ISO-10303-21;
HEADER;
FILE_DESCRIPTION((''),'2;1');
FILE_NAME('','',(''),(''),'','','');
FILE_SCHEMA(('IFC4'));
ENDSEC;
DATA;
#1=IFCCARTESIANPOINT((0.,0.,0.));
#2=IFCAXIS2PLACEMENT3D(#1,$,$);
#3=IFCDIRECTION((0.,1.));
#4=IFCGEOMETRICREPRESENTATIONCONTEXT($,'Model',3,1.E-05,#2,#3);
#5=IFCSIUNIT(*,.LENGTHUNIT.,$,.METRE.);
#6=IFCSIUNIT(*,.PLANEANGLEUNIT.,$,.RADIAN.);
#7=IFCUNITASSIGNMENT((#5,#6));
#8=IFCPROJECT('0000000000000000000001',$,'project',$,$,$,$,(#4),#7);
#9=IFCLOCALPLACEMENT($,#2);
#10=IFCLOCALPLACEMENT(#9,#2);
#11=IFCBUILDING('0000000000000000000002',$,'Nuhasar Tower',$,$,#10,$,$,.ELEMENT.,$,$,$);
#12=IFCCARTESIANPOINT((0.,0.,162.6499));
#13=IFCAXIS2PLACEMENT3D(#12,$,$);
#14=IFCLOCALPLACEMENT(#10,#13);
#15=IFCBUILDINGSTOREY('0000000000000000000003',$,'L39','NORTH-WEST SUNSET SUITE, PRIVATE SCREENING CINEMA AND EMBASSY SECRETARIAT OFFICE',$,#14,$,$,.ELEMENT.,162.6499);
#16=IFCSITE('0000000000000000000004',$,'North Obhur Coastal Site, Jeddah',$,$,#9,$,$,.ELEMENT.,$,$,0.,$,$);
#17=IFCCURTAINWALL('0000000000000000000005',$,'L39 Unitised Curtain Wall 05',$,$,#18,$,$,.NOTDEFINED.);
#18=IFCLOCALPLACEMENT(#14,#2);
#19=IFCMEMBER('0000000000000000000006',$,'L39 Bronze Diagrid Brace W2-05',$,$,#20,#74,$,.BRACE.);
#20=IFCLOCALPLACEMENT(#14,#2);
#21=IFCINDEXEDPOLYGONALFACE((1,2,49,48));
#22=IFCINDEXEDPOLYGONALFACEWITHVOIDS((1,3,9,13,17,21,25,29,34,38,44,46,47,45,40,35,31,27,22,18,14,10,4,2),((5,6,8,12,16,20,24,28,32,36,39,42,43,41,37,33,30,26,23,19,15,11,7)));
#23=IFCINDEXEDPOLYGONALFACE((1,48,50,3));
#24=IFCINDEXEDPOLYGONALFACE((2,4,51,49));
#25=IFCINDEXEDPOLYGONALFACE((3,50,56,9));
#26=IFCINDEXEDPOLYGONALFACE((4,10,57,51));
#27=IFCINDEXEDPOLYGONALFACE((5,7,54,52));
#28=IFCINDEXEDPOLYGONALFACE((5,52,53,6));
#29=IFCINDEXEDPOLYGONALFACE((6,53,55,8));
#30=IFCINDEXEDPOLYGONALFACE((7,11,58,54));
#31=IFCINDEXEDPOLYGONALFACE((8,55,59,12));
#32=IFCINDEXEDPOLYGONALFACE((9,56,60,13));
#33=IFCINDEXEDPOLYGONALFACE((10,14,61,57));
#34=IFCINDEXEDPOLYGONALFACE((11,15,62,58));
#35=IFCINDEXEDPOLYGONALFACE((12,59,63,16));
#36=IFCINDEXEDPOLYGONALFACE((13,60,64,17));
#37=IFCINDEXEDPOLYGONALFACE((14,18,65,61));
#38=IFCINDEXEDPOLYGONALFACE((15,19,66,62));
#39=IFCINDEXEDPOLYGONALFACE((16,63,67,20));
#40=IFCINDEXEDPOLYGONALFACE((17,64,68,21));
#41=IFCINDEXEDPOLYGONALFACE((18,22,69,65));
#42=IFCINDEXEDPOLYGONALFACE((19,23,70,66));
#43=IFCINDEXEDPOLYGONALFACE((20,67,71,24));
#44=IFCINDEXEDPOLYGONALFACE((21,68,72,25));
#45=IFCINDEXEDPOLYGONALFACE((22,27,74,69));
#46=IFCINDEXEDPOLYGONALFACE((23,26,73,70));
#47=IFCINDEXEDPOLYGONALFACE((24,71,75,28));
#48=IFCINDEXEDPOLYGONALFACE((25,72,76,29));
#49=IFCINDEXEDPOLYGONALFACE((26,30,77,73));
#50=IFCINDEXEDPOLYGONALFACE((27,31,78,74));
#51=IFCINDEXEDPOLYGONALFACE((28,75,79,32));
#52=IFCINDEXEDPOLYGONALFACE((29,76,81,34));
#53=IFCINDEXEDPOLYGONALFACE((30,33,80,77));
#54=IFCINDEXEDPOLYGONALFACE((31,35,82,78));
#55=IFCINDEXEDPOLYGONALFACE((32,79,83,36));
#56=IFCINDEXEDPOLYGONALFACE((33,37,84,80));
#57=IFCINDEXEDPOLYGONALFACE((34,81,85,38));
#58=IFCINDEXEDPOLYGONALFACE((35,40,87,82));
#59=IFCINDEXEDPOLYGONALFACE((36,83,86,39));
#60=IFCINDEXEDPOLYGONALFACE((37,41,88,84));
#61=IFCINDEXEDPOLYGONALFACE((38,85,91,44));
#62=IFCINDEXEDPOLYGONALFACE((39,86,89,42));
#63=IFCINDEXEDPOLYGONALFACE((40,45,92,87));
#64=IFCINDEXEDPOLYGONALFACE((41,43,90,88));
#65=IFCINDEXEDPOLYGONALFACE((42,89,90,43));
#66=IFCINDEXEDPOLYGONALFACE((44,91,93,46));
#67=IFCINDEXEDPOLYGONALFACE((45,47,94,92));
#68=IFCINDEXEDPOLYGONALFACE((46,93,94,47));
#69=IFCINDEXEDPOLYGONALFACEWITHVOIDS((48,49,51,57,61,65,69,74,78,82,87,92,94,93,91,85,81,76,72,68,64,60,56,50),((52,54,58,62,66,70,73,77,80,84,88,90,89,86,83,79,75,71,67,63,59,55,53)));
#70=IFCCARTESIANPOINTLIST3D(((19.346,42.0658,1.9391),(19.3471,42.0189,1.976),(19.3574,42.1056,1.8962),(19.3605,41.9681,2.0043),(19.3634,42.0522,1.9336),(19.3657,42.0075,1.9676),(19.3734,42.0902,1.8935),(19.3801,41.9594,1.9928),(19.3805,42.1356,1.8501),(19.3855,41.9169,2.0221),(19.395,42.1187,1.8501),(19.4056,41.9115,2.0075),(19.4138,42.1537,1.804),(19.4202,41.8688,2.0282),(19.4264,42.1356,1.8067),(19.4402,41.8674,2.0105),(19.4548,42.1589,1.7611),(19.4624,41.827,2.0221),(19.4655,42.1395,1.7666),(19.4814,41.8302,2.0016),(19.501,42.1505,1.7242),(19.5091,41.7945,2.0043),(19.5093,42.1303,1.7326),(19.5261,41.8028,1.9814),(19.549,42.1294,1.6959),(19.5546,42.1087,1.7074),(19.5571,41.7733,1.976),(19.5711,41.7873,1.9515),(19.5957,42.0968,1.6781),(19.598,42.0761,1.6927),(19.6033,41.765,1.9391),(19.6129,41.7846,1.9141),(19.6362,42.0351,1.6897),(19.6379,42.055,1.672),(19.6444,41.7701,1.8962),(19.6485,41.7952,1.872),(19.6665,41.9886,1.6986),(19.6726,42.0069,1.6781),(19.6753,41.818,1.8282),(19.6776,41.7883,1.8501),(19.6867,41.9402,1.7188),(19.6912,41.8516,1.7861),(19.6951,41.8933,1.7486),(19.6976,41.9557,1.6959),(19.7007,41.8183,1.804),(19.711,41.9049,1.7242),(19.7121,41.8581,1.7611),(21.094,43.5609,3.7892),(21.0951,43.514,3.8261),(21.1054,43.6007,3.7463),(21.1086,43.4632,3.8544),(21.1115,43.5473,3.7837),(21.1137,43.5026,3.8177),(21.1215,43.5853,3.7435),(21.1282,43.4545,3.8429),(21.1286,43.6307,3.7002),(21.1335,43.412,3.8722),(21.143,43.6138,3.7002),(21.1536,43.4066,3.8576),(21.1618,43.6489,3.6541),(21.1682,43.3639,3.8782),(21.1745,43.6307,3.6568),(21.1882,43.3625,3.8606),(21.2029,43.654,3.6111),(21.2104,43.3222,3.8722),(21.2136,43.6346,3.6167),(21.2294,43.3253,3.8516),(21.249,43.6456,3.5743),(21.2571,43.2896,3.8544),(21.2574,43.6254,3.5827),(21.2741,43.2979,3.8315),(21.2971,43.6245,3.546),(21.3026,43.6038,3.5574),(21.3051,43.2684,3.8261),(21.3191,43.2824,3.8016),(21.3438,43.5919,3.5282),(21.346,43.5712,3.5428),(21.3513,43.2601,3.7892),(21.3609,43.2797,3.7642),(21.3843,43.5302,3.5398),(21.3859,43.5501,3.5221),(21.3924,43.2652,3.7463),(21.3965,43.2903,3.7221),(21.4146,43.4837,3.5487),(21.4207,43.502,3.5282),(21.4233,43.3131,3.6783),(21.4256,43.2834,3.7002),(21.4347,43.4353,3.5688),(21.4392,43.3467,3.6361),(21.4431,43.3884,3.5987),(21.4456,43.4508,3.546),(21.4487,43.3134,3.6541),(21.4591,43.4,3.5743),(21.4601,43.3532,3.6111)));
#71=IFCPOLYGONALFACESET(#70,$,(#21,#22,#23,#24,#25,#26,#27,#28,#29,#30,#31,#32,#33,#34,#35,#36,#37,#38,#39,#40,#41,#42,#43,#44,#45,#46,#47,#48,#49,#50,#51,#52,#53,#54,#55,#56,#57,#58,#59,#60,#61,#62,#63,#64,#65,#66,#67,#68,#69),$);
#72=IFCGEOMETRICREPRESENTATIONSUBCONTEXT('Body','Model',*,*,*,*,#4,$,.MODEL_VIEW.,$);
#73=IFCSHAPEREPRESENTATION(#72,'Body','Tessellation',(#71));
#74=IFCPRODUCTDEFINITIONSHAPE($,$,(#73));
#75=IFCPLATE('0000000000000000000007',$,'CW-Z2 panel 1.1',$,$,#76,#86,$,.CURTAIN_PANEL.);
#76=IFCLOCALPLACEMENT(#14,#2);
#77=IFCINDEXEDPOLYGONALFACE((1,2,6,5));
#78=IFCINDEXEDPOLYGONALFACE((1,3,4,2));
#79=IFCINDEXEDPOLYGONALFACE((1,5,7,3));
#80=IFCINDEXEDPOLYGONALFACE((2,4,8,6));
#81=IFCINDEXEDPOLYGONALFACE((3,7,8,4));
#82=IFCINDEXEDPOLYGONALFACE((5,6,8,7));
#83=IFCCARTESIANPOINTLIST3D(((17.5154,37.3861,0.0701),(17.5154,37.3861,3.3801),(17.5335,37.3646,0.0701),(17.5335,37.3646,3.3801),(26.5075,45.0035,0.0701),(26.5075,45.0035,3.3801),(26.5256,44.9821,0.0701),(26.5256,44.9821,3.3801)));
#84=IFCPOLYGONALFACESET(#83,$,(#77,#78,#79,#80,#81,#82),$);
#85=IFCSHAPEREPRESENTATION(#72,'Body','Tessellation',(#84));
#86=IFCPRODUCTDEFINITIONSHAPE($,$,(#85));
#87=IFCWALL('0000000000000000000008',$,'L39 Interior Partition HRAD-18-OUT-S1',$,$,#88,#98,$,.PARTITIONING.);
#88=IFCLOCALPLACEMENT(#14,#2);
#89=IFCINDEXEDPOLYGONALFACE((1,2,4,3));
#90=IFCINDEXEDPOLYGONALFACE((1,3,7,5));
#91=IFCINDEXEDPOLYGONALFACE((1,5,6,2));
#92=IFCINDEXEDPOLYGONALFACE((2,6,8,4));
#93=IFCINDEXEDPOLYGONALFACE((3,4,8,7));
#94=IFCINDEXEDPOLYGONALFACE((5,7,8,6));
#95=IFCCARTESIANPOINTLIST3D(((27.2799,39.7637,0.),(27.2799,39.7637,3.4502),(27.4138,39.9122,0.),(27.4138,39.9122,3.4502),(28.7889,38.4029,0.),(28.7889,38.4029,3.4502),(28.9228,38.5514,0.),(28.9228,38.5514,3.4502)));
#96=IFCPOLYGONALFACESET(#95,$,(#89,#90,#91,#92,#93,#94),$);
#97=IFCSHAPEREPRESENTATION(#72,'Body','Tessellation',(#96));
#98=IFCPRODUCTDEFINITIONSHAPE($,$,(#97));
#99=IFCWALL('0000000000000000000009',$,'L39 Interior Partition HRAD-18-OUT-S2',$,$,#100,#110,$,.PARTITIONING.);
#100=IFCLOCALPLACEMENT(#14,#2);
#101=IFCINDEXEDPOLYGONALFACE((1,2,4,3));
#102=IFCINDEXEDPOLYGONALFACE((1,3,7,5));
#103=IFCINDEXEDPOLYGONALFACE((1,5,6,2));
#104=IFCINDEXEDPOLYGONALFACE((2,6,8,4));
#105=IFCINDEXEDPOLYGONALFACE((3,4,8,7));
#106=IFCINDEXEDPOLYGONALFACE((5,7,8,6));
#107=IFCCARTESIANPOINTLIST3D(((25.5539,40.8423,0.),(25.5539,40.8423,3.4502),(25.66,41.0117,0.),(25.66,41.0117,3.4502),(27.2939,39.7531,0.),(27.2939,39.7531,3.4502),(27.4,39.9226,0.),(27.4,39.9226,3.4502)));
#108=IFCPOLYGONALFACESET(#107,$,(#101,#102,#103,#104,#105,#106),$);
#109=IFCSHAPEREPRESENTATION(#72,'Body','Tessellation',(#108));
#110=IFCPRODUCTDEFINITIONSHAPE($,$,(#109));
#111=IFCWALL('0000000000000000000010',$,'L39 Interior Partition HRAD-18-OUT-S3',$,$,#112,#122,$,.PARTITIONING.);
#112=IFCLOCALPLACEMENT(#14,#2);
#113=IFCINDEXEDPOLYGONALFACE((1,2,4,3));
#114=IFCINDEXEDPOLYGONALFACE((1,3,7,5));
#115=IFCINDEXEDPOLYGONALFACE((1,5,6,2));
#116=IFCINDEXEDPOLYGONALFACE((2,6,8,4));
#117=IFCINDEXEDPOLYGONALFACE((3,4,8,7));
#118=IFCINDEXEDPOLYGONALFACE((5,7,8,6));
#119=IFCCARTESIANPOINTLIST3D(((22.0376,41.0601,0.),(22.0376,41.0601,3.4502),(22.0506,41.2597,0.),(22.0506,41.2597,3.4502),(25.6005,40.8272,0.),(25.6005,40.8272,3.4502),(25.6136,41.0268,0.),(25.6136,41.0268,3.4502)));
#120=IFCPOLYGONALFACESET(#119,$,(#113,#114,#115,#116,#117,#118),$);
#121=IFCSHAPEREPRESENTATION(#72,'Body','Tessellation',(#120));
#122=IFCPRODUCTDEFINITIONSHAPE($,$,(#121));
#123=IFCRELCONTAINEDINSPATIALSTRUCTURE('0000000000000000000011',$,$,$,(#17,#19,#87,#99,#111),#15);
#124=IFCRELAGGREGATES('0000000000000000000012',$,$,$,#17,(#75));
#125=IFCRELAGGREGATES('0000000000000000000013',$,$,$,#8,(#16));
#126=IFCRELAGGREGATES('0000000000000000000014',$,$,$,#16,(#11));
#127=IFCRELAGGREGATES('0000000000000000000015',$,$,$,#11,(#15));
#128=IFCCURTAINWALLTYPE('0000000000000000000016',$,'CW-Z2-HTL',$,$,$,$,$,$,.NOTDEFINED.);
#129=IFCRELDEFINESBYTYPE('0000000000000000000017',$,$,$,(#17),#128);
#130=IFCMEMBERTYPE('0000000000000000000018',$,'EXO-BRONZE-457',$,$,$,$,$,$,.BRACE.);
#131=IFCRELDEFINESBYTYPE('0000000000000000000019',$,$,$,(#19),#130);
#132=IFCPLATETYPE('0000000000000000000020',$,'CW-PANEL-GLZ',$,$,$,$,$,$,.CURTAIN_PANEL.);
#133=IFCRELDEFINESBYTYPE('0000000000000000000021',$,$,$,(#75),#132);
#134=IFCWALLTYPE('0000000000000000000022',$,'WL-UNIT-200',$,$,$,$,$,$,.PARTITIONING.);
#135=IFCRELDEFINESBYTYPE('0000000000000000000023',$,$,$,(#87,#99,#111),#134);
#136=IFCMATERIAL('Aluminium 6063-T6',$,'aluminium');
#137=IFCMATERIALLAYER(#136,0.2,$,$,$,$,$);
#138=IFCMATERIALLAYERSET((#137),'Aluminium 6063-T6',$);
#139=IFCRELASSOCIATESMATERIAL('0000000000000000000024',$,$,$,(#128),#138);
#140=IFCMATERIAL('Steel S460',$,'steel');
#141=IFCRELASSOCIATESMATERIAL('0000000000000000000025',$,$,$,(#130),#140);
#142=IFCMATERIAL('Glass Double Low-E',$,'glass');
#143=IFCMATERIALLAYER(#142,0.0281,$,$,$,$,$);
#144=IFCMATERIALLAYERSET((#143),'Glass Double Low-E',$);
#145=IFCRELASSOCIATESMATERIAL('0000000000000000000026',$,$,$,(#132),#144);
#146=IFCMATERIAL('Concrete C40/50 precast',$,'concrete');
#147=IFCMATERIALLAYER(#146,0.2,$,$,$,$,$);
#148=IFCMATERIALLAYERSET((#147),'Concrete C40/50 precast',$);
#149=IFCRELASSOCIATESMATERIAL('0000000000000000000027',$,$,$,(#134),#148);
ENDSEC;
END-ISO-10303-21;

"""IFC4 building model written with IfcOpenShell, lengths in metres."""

from ifc_helpers import new_model, si_unit, direction, frame, frame_2d, origin, origin_2d, place, context, subcontext, project, spatial, rectangle, hollow_circle, extrude, material, layer, layer_set, material_profile, profile_set, type_object, element, aggregate, save


model = new_model("IFC4")

# Units and contexts
model_context = context("Model", 3, precision=1e-05, world=origin(), true_north=direction((0.0, 1.0)))
body_context = subcontext(model_context, "Body", "Model", "MODEL_VIEW")
ifc_project = project(units=[si_unit("LENGTHUNIT", "METRE"), si_unit("PLANEANGLEUNIT", "RADIAN")], contexts=[model_context])

# Site, building, storey
site_placement = place(None, origin())
site = spatial("IfcSite", under=ifc_project, at=site_placement, Name="North Obhur Coastal Site, Jeddah", CompositionType="ELEMENT", RefElevation=0.0)
building_placement = place(site_placement, origin())
building = spatial("IfcBuilding", under=site, at=building_placement, Name="Nuhasar Tower", CompositionType="ELEMENT")
storey_placement = place(building_placement, frame((0.0, 0.0, 162.6499)))
storey = spatial("IfcBuildingStorey", under=building, at=storey_placement, Name="L39", Description="NORTH-WEST SUNSET SUITE, PRIVATE SCREENING CINEMA AND EMBASSY SECRETARIAT OFFICE", CompositionType="ELEMENT", Elevation=162.6499)

# Shared definitions
ifc_material_1 = material(Name="Aluminium 6063-T6", Category="aluminium")
ifc_layer_1 = layer(ifc_material_1, 0.2)
ifc_layer_set_1 = layer_set([ifc_layer_1], Name="Aluminium 6063-T6")
curtain_wall_type = type_object("IfcCurtainWallType", Name="CW-Z2-HTL", PredefinedType="NOTDEFINED", material=ifc_layer_set_1)

# Curtain wall
curtain_wall_1_placement = place(storey_placement, origin())
curtain_wall_1 = element("IfcCurtainWall", 1, at=curtain_wall_1_placement, inside=storey, type_object=curtain_wall_type, Name="L39 Unitised Curtain Wall 05", PredefinedType="NOTDEFINED")

# Member
ifc_material_2 = material(Name="Steel S460", Category="steel")
ifc_material_profile_1 = material_profile(ifc_material_2, hollow_circle(Radius=0.2285, WallThickness=0.0222, at=origin_2d()), Name="HSS457X22.2")
ifc_profile_set_1 = profile_set([ifc_material_profile_1], Name="Steel S460")
member_type_1 = type_object("IfcMemberType", Name="EXO-BRONZE-457", PredefinedType="BRACE", material=ifc_profile_set_1)
for number, where, z_axis, x_axis, name in (
    (2, (19.5291, 41.9619, 1.8501), (0.59217, 0.506488, 0.626741), (-0.649987, 0.759945, 0.0), "L39 Bronze Diagrid Brace W2-05"),
):
    element("IfcMember", number, at=place(storey_placement, frame(where, z_axis=z_axis, x_axis=x_axis)), inside=storey, type_object=member_type_1, Name=name, PredefinedType="BRACE", context=body_context, shape_type="SweptSolid", body=[
        extrude(hollow_circle(Radius=0.2285, WallThickness=0.0222, at=origin_2d()), origin(), (0.0, 0.0, 1.0), 2.9519),
    ])

# Plate
ifc_material_3 = material(Name="Glass Double Low-E", Category="glass")
ifc_layer_2 = layer(ifc_material_3, 0.0281)
ifc_layer_set_2 = layer_set([ifc_layer_2], Name="Glass Double Low-E")
plate_type = type_object("IfcPlateType", Name="CW-PANEL-GLZ", PredefinedType="CURTAIN_PANEL", material=ifc_layer_set_2)
plate_placement = place(storey_placement, frame((22.0205, 41.1841, 0.0701), z_axis=(0.0, 0.0, 1.0), x_axis=(-0.76302, -0.646374, 0.0)))
plate = element("IfcPlate", 3, at=plate_placement, type_object=plate_type, Name="CW-Z2 panel 1.1", PredefinedType="CURTAIN_PANEL", context=body_context, shape_type="SweptSolid", body=[
    extrude(rectangle(XDim=11.7849, YDim=0.0281, at=origin_2d()), origin(), (0.0, 0.0, 1.0), 3.3101),
])
aggregate(curtain_wall_1, [plate])

# Walls
ifc_material_4 = material(Name="Concrete C40/50 precast", Category="concrete")
ifc_layer_3 = layer(ifc_material_4, 0.2)
ifc_layer_set_3 = layer_set([ifc_layer_3], Name="Concrete C40/50 precast")
wall_type = type_object("IfcWallType", Name="WL-UNIT-200", PredefinedType="PARTITIONING", material=ifc_layer_set_3)
wall_1_placement = place(storey_placement, frame((28.856, 38.4771, 0.0), z_axis=(0.0, 0.0, 1.0), x_axis=(-0.742631, 0.669701, 0.0)))
element("IfcWall", 4, at=wall_1_placement, inside=storey, type_object=wall_type, Name="L39 Interior Partition HRAD-18-OUT-S1", PredefinedType="PARTITIONING", context=body_context, shape_type="SweptSolid", body=[
    extrude(rectangle(XDim=2.032, YDim=0.2, at=frame_2d((1.0161, 0.0))), origin(), (0.0, 0.0, 1.0), 3.4502),
])
wall_2_placement = place(storey_placement, frame((27.3469, 39.8379, 0.0), z_axis=(0.0, 0.0, 1.0), x_axis=(-0.847644, 0.530565, 0.0)))
element("IfcWall", 5, at=wall_2_placement, inside=storey, type_object=wall_type, Name="L39 Interior Partition HRAD-18-OUT-S2", PredefinedType="PARTITIONING", context=body_context, shape_type="SweptSolid", body=[
    extrude(rectangle(XDim=2.0527, YDim=0.2, at=frame_2d((1.0264, 0.0))), origin(), (0.0, 0.0, 1.0), 3.4502),
])
wall_3_placement = place(storey_placement, frame((25.6069, 40.927, 0.0), z_axis=(0.0, 0.0, 1.0), x_axis=(-0.99787, 0.06523, 0.0)))
element("IfcWall", 6, at=wall_3_placement, inside=storey, type_object=wall_type, Name="L39 Interior Partition HRAD-18-OUT-S3", PredefinedType="PARTITIONING", context=body_context, shape_type="SweptSolid", body=[
    extrude(rectangle(XDim=3.5706, YDim=0.2, at=frame_2d((1.7852, 0.0))), origin(), (0.0, 0.0, 1.0), 3.4502),
])

save(model, "model.ifc")
